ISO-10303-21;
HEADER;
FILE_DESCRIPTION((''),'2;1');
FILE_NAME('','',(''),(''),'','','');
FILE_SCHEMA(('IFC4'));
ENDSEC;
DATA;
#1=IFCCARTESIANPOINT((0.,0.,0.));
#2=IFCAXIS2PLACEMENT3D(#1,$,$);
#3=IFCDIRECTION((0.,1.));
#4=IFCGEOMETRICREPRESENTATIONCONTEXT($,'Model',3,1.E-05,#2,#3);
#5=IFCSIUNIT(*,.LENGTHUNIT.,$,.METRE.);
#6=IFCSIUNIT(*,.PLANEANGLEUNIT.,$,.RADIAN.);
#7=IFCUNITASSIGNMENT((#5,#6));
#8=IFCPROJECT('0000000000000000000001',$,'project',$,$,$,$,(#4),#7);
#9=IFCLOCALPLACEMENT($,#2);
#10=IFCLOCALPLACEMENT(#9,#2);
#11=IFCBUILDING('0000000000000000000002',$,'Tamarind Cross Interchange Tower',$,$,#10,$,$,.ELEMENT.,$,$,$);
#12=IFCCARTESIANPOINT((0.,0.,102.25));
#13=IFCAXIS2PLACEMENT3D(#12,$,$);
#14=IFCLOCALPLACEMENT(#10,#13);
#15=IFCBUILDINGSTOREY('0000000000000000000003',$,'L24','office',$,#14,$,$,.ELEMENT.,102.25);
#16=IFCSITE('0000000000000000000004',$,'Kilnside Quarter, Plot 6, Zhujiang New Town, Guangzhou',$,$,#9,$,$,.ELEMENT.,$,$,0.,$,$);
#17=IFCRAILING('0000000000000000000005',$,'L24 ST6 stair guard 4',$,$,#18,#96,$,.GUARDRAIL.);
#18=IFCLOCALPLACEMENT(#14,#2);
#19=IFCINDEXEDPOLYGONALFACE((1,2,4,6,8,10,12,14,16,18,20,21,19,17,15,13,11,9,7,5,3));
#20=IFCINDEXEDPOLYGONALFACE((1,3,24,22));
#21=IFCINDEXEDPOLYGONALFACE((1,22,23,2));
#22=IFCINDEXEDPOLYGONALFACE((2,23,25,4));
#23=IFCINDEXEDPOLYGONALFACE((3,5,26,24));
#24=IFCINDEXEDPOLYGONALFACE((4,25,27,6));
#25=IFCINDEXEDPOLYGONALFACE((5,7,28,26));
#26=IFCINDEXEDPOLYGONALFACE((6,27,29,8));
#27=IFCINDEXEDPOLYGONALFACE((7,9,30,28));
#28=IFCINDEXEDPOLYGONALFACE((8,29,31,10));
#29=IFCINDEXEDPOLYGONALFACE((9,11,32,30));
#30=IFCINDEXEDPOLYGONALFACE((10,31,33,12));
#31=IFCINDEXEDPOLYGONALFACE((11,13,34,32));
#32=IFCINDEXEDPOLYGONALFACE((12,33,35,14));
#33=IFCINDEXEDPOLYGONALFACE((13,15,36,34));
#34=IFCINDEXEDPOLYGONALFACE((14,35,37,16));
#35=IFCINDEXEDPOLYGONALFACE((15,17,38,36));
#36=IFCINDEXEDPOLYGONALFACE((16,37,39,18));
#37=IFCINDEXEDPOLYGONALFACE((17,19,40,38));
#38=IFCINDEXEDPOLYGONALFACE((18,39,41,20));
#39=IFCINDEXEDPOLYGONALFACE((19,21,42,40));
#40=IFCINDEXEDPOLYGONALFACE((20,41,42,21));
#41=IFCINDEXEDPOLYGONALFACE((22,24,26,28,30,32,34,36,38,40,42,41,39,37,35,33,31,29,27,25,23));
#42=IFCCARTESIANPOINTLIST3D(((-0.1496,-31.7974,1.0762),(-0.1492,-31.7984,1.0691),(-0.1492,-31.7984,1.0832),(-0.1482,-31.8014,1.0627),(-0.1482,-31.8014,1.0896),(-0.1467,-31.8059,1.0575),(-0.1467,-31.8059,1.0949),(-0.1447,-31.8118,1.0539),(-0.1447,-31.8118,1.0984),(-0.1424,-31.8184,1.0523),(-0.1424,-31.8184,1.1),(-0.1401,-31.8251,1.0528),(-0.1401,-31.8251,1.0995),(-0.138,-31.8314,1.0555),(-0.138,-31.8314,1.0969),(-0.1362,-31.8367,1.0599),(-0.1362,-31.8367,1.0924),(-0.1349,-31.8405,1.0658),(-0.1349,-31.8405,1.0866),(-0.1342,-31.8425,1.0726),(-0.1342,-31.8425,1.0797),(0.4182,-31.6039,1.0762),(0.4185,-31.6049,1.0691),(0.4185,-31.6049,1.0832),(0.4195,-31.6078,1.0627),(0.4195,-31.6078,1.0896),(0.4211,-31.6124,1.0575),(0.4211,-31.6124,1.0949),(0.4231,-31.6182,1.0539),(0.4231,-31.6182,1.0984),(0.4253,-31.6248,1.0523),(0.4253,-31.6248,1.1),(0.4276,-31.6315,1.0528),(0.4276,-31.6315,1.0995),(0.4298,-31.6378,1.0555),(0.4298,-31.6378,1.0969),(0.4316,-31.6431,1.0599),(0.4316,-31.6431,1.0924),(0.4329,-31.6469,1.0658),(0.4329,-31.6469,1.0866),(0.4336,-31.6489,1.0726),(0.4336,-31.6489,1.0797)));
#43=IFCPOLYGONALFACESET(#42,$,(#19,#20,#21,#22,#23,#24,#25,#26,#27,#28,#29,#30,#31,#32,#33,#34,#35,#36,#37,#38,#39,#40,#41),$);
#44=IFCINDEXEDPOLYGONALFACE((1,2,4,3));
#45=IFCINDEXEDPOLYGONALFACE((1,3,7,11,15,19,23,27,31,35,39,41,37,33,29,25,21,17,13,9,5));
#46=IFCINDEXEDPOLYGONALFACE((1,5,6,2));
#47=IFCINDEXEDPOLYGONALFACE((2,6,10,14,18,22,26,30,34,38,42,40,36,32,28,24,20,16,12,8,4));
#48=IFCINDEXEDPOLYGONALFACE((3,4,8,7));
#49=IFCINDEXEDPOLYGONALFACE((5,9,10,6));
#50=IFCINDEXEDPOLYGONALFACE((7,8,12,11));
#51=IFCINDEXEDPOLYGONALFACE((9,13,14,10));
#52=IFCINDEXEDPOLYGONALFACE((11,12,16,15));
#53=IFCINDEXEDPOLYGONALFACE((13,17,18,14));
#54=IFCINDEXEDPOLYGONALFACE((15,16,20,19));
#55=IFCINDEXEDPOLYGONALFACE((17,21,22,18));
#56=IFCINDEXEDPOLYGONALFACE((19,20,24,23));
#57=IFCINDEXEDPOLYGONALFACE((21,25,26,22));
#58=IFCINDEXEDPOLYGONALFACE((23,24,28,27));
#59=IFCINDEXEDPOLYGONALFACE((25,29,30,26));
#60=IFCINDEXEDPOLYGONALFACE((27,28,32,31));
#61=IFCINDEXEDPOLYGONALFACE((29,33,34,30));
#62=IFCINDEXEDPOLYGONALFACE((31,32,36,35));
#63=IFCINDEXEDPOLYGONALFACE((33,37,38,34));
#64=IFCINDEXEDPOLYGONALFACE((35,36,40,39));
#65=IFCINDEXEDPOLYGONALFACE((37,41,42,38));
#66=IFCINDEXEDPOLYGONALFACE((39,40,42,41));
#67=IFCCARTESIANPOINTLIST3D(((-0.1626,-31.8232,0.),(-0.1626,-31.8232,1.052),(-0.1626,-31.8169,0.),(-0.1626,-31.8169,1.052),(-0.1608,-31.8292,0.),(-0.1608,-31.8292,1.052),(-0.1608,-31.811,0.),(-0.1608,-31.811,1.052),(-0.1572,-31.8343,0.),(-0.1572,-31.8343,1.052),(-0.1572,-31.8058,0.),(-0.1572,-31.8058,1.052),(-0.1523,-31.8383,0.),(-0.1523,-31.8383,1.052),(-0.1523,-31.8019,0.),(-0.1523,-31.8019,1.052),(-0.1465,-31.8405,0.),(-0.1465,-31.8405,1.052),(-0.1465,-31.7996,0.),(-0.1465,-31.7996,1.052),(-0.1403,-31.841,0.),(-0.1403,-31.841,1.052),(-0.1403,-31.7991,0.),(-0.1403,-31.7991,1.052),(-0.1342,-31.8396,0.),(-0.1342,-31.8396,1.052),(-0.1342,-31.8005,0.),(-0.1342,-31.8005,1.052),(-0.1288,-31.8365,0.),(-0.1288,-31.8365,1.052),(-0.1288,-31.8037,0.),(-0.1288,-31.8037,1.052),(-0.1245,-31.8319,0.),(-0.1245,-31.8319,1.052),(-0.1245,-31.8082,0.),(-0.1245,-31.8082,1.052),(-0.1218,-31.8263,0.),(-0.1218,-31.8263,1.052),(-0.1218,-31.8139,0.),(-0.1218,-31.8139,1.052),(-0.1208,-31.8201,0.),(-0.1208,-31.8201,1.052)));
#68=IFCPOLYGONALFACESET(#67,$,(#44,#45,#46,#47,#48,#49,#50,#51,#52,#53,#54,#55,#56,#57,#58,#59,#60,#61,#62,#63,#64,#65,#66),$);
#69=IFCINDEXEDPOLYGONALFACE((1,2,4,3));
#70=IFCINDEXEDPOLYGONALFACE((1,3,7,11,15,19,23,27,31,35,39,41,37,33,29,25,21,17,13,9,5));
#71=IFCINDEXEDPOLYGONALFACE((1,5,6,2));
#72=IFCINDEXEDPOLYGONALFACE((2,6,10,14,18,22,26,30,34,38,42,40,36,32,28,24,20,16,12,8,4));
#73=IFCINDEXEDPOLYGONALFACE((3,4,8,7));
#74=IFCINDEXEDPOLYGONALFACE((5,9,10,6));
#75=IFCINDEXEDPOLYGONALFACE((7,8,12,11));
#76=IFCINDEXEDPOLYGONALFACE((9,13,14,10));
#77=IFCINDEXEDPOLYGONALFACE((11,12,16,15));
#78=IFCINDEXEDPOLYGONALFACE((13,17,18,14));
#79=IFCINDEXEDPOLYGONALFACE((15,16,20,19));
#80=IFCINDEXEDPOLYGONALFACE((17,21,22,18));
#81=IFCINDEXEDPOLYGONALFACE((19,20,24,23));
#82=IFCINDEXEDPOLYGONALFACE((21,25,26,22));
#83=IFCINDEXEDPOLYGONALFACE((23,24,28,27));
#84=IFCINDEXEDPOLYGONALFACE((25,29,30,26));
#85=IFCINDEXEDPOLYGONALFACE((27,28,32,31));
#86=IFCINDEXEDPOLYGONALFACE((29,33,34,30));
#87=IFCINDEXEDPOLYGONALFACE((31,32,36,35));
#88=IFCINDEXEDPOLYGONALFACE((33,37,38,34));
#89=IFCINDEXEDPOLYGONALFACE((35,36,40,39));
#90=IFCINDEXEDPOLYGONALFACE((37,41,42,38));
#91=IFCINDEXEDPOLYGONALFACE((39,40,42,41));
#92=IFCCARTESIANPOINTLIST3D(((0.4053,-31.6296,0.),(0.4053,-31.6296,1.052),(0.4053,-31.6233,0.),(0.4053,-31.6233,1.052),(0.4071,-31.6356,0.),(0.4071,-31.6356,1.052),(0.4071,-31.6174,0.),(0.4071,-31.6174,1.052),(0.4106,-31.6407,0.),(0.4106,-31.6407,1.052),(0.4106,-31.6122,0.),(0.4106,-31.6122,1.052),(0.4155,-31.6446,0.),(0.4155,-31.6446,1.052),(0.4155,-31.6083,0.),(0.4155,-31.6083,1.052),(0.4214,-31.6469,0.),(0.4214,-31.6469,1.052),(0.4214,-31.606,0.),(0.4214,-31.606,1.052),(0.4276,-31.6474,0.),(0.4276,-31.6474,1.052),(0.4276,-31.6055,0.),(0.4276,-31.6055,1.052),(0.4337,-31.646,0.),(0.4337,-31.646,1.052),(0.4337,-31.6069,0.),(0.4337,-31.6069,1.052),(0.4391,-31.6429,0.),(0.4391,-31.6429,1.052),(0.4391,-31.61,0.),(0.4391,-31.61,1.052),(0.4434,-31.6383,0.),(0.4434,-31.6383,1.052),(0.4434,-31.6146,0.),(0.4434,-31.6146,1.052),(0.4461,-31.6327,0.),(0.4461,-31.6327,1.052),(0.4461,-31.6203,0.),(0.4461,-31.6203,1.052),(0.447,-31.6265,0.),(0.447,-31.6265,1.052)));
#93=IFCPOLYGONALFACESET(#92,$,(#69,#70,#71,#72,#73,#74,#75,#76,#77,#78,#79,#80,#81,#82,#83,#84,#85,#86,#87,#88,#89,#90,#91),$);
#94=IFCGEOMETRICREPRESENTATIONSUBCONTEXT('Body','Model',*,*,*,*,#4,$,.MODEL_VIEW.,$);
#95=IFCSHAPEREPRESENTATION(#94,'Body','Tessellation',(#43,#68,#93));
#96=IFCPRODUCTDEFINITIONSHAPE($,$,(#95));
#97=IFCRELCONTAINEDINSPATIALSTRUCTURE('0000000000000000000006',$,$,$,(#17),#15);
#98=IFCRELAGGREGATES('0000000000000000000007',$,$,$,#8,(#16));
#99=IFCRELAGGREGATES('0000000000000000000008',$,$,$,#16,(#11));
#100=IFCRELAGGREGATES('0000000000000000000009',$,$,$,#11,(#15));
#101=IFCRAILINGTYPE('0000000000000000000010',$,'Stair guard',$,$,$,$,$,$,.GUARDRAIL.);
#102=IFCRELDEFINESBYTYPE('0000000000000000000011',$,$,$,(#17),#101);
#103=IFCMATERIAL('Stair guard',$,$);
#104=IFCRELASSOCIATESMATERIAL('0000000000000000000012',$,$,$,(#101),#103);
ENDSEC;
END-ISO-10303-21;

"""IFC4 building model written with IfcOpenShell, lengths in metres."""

from ifc_helpers import new_model, si_unit, direction, frame, origin, origin_2d, place, context, subcontext, project, spatial, circle, extrude, material, type_object, element, save


model = new_model("IFC4")

# Units and contexts
model_context = context("Model", 3, precision=1e-05, world=origin(), true_north=direction((0.0, 1.0)))
body_context = subcontext(model_context, "Body", "Model", "MODEL_VIEW")
ifc_project = project(units=[si_unit("LENGTHUNIT", "METRE"), si_unit("PLANEANGLEUNIT", "RADIAN")], contexts=[model_context])

# Site, building, storey
site_placement = place(None, origin())
site = spatial("IfcSite", under=ifc_project, at=site_placement, Name="Kilnside Quarter, Plot 6, Zhujiang New Town, Guangzhou", CompositionType="ELEMENT", RefElevation=0.0)
building_placement = place(site_placement, origin())
building = spatial("IfcBuilding", under=site, at=building_placement, Name="Tamarind Cross Interchange Tower", CompositionType="ELEMENT")
storey_placement = place(building_placement, frame((0.0, 0.0, 102.25)))
storey = spatial("IfcBuildingStorey", under=building, at=storey_placement, Name="L24", Description="office", CompositionType="ELEMENT", Elevation=102.25)

# Railing
ifc_material_1 = material(Name="Stair guard")
railing_type_1 = type_object("IfcRailingType", Name="Stair guard", PredefinedType="GUARDRAIL", material=ifc_material_1)
railing_1_placement = place(storey_placement, frame((-0.1418, -31.8201, 0.0)))
element("IfcRailing", 1, at=railing_1_placement, inside=storey, type_object=railing_type_1, Name="L24 ST6 stair guard 4", PredefinedType="GUARDRAIL", context=body_context, shape_type="SweptSolid", body=[
    extrude(circle(Radius=0.0239, at=origin_2d()), frame((0.0, 0.0, 1.0762), z_axis=(0.946505, 0.32269, 0.0), x_axis=(-0.32269, 0.946505, 0.0)), (0.0, 0.0, 1.0), 0.5999),
    extrude(circle(Radius=0.021, at=origin_2d()), origin(), (0.0, 0.0, 1.0), 1.052),
    extrude(circle(Radius=0.021, at=origin_2d()), frame((0.5679, 0.1936, 0.0)), (0.0, 0.0, 1.0), 1.052),
])

save(model, "model.ifc")
